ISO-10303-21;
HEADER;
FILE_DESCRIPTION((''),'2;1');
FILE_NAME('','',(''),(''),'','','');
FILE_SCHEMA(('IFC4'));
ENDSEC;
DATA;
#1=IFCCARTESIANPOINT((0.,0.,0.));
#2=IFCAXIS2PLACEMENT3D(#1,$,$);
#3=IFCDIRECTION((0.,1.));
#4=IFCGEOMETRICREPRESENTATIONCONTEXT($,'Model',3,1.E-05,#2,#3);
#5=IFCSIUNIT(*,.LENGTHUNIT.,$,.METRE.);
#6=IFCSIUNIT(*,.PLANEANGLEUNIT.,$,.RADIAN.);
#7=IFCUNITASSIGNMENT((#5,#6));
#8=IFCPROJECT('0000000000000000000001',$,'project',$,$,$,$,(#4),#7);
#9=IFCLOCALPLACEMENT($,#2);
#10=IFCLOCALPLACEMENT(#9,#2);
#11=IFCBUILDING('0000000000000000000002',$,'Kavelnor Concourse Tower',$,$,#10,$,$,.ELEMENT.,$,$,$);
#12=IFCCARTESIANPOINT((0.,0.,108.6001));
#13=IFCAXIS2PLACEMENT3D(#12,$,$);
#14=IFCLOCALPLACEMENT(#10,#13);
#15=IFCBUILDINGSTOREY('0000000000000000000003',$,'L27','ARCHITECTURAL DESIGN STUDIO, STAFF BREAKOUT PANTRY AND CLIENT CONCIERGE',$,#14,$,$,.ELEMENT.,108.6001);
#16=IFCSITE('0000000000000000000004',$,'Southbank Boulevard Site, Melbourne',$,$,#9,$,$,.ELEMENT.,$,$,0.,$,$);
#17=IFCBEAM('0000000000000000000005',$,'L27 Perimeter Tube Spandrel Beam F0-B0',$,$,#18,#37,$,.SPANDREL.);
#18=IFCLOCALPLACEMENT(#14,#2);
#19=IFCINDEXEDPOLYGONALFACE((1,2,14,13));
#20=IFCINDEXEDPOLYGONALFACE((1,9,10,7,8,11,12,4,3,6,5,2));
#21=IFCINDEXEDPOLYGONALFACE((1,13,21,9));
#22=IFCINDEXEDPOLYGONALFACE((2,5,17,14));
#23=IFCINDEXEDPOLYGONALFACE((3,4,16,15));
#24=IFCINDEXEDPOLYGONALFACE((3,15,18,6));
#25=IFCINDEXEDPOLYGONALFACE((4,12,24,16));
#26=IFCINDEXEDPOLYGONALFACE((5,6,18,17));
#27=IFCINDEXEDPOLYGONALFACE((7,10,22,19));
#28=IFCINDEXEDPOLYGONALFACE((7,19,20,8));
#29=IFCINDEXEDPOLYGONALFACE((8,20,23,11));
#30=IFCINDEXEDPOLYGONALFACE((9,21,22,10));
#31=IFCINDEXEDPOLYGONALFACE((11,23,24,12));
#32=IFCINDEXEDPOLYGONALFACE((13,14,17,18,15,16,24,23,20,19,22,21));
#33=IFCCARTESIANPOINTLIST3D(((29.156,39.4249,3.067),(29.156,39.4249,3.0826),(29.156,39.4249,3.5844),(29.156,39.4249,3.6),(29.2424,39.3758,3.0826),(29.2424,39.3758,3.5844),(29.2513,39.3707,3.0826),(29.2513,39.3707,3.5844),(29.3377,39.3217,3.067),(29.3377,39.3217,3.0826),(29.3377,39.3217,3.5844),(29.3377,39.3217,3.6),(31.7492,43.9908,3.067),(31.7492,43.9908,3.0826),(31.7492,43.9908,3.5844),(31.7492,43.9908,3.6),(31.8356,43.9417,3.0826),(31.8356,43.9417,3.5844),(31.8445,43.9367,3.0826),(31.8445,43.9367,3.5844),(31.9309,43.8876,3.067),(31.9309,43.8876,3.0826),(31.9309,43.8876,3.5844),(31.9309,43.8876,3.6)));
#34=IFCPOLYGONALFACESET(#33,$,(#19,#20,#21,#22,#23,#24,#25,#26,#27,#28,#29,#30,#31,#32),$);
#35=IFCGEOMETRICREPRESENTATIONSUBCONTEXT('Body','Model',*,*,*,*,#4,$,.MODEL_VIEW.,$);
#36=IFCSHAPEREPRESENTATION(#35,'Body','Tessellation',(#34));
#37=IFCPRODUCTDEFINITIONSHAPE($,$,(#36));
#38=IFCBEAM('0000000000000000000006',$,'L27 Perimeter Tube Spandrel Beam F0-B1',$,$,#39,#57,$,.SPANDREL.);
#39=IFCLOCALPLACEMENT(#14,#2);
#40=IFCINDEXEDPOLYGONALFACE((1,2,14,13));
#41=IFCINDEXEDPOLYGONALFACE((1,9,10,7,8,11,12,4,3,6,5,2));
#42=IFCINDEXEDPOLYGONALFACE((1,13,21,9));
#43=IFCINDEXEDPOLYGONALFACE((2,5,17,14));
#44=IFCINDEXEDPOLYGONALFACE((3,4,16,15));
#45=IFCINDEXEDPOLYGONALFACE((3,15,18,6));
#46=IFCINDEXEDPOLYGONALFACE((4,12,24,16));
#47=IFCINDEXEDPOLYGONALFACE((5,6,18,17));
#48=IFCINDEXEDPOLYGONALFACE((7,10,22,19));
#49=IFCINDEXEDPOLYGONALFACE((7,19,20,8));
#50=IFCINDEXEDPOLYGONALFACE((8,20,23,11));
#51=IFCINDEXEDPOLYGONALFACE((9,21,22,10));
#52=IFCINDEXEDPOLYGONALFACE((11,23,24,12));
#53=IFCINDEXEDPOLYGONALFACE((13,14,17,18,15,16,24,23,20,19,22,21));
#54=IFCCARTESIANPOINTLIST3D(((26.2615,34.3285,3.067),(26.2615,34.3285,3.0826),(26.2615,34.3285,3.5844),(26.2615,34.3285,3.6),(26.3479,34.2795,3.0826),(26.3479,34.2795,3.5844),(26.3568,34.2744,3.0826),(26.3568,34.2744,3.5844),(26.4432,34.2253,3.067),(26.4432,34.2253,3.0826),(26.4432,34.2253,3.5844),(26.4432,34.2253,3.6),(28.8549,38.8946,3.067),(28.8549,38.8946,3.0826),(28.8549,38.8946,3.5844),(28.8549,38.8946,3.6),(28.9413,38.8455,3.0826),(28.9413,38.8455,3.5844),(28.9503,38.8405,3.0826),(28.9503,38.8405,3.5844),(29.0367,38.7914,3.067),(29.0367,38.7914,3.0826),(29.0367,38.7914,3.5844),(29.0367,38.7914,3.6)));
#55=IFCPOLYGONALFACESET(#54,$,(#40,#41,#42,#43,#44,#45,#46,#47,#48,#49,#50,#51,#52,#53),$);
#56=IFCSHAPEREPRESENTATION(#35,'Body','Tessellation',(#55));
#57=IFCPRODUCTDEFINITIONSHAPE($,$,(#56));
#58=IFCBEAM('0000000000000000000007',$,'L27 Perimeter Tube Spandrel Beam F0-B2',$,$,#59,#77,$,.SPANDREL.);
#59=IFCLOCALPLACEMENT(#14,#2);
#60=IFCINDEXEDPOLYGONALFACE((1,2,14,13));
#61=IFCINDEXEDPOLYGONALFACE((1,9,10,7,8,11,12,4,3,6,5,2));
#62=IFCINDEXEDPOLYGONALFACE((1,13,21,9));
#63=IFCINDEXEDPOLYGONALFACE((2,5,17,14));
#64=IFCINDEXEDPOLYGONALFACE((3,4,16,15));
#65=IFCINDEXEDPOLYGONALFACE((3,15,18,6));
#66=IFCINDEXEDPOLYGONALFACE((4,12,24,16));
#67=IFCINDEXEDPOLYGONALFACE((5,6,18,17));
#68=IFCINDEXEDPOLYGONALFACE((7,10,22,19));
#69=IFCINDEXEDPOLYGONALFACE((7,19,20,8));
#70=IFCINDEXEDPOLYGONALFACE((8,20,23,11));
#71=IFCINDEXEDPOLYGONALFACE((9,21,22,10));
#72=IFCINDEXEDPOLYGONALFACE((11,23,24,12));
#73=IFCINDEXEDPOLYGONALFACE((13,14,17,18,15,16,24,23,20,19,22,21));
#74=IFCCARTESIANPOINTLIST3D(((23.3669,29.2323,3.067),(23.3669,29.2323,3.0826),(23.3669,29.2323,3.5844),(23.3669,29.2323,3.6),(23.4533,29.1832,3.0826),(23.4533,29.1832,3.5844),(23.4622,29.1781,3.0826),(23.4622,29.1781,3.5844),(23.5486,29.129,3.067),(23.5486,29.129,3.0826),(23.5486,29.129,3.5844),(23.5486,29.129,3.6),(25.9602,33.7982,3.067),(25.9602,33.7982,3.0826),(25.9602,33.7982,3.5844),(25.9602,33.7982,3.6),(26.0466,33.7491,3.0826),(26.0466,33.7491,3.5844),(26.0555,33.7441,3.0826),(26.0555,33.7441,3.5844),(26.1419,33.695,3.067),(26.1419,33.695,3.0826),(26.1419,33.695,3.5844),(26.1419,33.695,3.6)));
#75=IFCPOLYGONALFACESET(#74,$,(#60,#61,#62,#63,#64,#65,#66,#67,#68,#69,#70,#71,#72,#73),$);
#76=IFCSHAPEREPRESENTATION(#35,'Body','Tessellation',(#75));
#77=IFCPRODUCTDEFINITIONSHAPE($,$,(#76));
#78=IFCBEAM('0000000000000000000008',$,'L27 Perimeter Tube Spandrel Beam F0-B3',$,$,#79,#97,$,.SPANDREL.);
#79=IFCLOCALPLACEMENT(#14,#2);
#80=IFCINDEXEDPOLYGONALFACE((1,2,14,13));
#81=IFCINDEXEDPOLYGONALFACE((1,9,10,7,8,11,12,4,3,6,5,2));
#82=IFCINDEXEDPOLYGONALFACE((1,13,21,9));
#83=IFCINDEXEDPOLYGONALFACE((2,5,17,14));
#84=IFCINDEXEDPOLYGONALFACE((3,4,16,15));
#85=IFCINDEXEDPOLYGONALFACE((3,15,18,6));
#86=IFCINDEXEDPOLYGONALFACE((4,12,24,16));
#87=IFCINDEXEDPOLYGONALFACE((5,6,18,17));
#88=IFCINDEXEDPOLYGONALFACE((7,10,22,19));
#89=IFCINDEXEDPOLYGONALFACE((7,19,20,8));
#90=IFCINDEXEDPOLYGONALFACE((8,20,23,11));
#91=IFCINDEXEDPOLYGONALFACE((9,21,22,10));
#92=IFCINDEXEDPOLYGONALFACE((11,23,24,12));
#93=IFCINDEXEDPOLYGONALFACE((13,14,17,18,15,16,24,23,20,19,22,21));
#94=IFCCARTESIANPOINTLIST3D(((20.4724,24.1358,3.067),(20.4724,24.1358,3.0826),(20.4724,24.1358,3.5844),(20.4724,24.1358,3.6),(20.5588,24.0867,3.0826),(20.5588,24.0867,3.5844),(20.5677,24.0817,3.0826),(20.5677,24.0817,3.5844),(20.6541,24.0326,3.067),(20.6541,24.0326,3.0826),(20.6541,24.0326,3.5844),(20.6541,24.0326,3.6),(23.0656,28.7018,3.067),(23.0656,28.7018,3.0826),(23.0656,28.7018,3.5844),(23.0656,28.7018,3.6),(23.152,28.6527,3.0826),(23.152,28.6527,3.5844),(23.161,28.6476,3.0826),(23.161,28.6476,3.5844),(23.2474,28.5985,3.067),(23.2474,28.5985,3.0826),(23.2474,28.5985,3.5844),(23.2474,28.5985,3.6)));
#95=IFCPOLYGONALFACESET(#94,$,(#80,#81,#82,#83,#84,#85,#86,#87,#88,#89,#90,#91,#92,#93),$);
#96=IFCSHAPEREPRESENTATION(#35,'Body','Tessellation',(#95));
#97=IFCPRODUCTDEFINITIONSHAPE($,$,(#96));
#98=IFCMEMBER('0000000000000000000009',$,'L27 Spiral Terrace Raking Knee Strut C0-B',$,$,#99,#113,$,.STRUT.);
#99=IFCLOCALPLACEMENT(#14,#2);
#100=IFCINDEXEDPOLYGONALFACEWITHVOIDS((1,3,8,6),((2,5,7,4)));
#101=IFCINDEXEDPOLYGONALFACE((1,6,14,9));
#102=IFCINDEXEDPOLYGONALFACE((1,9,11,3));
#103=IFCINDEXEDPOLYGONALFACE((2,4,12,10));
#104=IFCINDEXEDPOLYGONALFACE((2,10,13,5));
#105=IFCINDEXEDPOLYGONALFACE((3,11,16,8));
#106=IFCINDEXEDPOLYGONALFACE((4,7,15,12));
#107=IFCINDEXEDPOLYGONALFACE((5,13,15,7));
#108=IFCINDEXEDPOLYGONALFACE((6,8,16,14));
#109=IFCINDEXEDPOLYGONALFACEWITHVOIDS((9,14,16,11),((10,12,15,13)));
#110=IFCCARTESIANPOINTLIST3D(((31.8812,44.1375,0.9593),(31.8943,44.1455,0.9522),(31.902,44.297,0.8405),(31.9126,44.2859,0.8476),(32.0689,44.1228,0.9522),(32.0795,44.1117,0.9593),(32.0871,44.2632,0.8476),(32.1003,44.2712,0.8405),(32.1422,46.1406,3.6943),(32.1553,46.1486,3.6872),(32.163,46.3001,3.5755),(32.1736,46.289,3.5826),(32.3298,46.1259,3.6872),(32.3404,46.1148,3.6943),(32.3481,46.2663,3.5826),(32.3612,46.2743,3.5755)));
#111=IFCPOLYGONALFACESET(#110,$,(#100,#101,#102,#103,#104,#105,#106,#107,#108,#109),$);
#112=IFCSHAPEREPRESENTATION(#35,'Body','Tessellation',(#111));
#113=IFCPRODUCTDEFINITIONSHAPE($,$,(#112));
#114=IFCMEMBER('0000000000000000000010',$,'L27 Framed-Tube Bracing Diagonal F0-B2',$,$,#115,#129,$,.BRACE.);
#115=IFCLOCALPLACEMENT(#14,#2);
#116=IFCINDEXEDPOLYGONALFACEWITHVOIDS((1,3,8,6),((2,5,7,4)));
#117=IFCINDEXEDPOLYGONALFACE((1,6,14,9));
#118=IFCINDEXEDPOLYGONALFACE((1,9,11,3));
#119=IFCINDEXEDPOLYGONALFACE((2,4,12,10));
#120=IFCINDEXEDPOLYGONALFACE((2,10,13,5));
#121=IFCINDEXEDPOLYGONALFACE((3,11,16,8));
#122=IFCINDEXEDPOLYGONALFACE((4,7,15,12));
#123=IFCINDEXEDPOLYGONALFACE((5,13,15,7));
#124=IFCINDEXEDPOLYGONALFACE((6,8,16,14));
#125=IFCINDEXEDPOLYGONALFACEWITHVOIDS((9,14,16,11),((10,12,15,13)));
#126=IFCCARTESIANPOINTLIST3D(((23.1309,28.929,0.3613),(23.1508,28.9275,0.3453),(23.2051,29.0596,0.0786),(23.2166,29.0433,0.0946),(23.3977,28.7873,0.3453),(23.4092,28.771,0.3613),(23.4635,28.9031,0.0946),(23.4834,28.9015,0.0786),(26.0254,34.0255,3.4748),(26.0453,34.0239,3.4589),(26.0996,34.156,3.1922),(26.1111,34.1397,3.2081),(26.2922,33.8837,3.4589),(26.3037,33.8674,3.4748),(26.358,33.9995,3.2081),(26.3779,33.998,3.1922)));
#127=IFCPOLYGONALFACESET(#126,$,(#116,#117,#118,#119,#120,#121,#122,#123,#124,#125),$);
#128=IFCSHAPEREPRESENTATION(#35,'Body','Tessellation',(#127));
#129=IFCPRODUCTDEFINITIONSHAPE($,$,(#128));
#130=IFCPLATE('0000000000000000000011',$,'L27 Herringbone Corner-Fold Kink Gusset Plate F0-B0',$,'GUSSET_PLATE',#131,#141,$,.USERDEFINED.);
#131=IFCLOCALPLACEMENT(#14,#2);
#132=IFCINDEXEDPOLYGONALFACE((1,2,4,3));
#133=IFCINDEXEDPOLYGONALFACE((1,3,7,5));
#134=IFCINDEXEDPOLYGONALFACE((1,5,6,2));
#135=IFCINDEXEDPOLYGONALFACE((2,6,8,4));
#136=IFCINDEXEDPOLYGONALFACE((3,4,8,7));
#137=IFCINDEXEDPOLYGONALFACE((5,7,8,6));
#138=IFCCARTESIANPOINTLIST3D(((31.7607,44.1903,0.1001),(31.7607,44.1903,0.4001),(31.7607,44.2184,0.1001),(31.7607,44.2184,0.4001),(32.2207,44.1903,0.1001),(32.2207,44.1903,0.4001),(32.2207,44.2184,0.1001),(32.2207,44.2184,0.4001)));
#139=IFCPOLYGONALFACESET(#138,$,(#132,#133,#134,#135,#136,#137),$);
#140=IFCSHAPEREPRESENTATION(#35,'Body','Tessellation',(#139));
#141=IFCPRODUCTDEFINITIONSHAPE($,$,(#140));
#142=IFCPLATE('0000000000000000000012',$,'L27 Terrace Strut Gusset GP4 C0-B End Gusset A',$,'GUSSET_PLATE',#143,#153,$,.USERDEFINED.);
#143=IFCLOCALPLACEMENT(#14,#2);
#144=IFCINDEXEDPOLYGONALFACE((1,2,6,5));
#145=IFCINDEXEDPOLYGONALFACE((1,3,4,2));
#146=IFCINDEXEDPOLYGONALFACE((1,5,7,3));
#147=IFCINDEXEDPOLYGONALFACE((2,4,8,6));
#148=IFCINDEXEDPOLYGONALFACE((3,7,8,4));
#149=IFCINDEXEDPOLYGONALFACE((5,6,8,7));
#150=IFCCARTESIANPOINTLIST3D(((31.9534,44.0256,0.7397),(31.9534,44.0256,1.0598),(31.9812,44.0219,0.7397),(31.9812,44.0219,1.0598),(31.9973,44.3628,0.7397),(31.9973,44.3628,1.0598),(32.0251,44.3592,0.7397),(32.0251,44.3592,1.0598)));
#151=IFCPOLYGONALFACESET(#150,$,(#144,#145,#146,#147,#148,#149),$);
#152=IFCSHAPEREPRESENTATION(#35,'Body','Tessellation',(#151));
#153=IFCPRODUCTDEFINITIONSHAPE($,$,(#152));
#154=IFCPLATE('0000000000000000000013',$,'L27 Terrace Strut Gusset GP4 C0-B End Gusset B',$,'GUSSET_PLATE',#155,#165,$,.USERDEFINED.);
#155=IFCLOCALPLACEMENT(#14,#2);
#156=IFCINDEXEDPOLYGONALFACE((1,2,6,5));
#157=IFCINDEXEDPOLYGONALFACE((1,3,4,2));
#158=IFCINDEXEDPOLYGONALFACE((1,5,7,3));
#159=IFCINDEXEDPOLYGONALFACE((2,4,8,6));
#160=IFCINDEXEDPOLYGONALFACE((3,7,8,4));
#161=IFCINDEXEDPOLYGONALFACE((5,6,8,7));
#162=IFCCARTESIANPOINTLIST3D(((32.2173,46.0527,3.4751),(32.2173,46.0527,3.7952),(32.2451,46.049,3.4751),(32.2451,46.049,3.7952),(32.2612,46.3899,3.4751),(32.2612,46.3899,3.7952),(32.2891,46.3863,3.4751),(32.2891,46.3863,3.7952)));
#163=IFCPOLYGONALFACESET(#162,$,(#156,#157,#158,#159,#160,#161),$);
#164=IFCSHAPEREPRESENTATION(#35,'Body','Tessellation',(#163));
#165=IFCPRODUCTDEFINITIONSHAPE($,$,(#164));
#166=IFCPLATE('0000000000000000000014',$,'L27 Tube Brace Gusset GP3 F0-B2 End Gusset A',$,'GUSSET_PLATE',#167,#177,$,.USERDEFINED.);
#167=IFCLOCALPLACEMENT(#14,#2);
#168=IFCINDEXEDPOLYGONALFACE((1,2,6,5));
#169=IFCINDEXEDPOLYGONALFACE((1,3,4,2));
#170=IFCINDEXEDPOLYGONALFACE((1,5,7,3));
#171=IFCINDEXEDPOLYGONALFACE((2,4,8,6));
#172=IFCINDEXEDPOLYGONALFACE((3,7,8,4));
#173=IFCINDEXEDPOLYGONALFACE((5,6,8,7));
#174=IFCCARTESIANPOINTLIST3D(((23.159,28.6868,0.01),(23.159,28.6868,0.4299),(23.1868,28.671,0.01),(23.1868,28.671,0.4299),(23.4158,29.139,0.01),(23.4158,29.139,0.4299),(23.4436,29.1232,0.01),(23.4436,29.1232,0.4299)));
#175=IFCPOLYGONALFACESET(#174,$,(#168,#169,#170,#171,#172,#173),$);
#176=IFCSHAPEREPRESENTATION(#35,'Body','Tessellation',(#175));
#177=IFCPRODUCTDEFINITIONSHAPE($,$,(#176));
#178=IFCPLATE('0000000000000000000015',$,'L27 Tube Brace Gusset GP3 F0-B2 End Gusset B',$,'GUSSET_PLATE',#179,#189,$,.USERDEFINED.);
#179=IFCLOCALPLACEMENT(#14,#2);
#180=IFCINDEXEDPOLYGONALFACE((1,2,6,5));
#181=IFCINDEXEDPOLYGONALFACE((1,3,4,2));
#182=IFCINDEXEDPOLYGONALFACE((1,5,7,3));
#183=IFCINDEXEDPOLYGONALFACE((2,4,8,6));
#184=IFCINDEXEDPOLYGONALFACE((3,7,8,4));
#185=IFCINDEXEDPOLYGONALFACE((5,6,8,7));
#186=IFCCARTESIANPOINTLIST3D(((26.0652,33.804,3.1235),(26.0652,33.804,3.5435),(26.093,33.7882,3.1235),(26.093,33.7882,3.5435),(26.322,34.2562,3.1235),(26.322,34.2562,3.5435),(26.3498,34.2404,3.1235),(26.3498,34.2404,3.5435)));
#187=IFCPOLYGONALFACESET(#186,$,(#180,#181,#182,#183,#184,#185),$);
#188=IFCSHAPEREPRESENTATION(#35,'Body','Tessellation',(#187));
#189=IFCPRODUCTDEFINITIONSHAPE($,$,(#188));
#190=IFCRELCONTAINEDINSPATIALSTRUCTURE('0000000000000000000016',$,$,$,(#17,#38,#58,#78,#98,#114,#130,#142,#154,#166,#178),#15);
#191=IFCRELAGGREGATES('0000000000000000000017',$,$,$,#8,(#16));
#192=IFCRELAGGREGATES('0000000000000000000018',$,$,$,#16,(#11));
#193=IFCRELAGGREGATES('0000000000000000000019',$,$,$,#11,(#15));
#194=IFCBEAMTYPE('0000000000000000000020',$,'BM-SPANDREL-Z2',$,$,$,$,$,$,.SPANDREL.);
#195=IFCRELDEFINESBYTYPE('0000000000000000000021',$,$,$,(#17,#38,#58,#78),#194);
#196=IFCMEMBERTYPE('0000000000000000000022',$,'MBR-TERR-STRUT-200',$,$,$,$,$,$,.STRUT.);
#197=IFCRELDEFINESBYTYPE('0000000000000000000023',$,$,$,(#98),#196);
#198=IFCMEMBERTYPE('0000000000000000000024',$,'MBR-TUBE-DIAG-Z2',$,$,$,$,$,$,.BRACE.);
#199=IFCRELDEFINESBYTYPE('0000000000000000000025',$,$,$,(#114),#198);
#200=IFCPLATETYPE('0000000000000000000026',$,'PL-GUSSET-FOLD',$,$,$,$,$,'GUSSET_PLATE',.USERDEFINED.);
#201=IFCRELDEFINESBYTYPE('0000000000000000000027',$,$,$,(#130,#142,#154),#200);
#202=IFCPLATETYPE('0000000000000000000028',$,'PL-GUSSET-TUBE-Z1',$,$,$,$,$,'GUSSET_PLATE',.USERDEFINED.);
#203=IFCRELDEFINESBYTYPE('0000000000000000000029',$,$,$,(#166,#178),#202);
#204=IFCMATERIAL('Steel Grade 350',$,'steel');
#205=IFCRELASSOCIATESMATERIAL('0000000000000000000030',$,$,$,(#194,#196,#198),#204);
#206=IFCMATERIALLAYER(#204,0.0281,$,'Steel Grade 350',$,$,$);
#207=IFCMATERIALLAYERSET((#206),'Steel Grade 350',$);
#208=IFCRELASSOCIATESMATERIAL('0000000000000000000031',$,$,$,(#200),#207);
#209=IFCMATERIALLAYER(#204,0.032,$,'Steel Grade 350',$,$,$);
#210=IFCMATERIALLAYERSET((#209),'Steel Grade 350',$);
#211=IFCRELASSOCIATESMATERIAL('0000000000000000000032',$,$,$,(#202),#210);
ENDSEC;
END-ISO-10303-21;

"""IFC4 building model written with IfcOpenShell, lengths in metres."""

from ifc_helpers import new_model, si_unit, direction, frame, origin, origin_2d, place, context, subcontext, project, spatial, rectangle, hollow_rectangle, i_section, extrude, material, layer, layer_set, material_profile, profile_set, type_object, element, save


model = new_model("IFC4")

# Units and contexts
model_context = context("Model", 3, precision=1e-05, world=origin(), true_north=direction((0.0, 1.0)))
body_context = subcontext(model_context, "Body", "Model", "MODEL_VIEW")
ifc_project = project(units=[si_unit("LENGTHUNIT", "METRE"), si_unit("PLANEANGLEUNIT", "RADIAN")], contexts=[model_context])

# Site, building, storey
site_placement = place(None, origin())
site = spatial("IfcSite", under=ifc_project, at=site_placement, Name="Southbank Boulevard Site, Melbourne", CompositionType="ELEMENT", RefElevation=0.0)
building_placement = place(site_placement, origin())
building = spatial("IfcBuilding", under=site, at=building_placement, Name="Kavelnor Concourse Tower", CompositionType="ELEMENT")
storey_placement = place(building_placement, frame((0.0, 0.0, 108.6001)))
storey = spatial("IfcBuildingStorey", under=building, at=storey_placement, Name="L27", Description="ARCHITECTURAL DESIGN STUDIO, STAFF BREAKOUT PANTRY AND CLIENT CONCIERGE", CompositionType="ELEMENT", Elevation=108.6001)

# Shared definitions
ifc_material_1 = material(Name="Steel Grade 350", Category="steel")

# Beams
ifc_material_profile_1 = material_profile(ifc_material_1, i_section(OverallWidth=0.209, OverallDepth=0.533, WebThickness=0.0103, FlangeThickness=0.0156, at=origin_2d()), Name="530UB92")
ifc_profile_set_1 = profile_set([ifc_material_profile_1], Name="Steel Grade 350")
beam_type_1 = type_object("IfcBeamType", Name="BM-SPANDREL-Z2", PredefinedType="SPANDREL", material=ifc_profile_set_1)
beam_1_placement = place(storey_placement, frame((31.8401, 43.9392, 3.3335), z_axis=(-0.493864, -0.869539, 0.0), x_axis=(0.869539, -0.493864, 0.0)))
element("IfcBeam", 1, at=beam_1_placement, inside=storey, type_object=beam_type_1, Name="L27 Perimeter Tube Spandrel Beam F0-B0", PredefinedType="SPANDREL", context=body_context, shape_type="SweptSolid", body=[
    extrude(i_section(OverallWidth=0.209, OverallDepth=0.533, WebThickness=0.0103, FlangeThickness=0.0156, at=origin_2d()), origin(), (0.0, 0.0, 1.0), 5.251),
])
beam_2_placement = place(storey_placement, frame((28.9458, 38.843, 3.3335), z_axis=(-0.493879, -0.869531, 0.0), x_axis=(0.869531, -0.493879, 0.0)))
element("IfcBeam", 2, at=beam_2_placement, inside=storey, type_object=beam_type_1, Name="L27 Perimeter Tube Spandrel Beam F0-B1", PredefinedType="SPANDREL", context=body_context, shape_type="SweptSolid", body=[
    extrude(i_section(OverallWidth=0.209, OverallDepth=0.533, WebThickness=0.0103, FlangeThickness=0.0156, at=origin_2d()), origin(), (0.0, 0.0, 1.0), 5.2512),
])
for number, where, z_axis, x_axis, name in (
    (3, (26.051, 33.7466, 3.3335), (-0.493864, -0.869539, 0.0), (0.869539, -0.493864, 0.0), "L27 Perimeter Tube Spandrel Beam F0-B2"),
    (4, (23.1565, 28.6501, 3.3335), (-0.493864, -0.869539, 0.0), (0.869539, -0.493864, 0.0), "L27 Perimeter Tube Spandrel Beam F0-B3"),
):
    element("IfcBeam", number, at=place(storey_placement, frame(where, z_axis=z_axis, x_axis=x_axis)), inside=storey, type_object=beam_type_1, Name=name, PredefinedType="SPANDREL", context=body_context, shape_type="SweptSolid", body=[
        extrude(i_section(OverallWidth=0.209, OverallDepth=0.533, WebThickness=0.0103, FlangeThickness=0.0156, at=origin_2d()), origin(), (0.0, 0.0, 1.0), 5.251),
    ])

# Members
ifc_material_profile_2 = material_profile(ifc_material_1, hollow_rectangle(XDim=0.2, YDim=0.2, WallThickness=0.012, at=origin_2d()), Name="SHS 200x200x12")
ifc_profile_set_2 = profile_set([ifc_material_profile_2], Name="Steel Grade 350")
member_type_1 = type_object("IfcMemberType", Name="MBR-TERR-STRUT-200", PredefinedType="STRUT", material=ifc_profile_set_2)
member_1_placement = place(storey_placement, frame((31.9907, 44.2043, 0.8999), z_axis=(0.076755, 0.589127, 0.804387), x_axis=(-0.991619, 0.129195, 0.0)))
element("IfcMember", 5, at=member_1_placement, inside=storey, type_object=member_type_1, Name="L27 Spiral Terrace Raking Knee Strut C0-B", PredefinedType="STRUT", context=body_context, shape_type="SweptSolid", body=[
    extrude(hollow_rectangle(XDim=0.2, YDim=0.2, WallThickness=0.012, at=origin_2d()), origin(), (0.0, 0.0, 1.0), 3.4001),
])
ifc_material_profile_3 = material_profile(ifc_material_1, hollow_rectangle(XDim=0.3201, YDim=0.3201, WallThickness=0.0181, at=origin_2d()), Name="SHS 320x320x18")
ifc_profile_set_3 = profile_set([ifc_material_profile_3], Name="Steel Grade 350")
member_type_2 = type_object("IfcMemberType", Name="MBR-TUBE-DIAG-Z2", PredefinedType="BRACE", material=ifc_profile_set_3)
member_2_placement = place(storey_placement, frame((23.3071, 28.9153, 0.22), z_axis=(0.436139, 0.767915, 0.469136), x_axis=(-0.869542, 0.493858, 0.0)))
element("IfcMember", 6, at=member_2_placement, inside=storey, type_object=member_type_2, Name="L27 Framed-Tube Bracing Diagonal F0-B2", PredefinedType="BRACE", context=body_context, shape_type="SweptSolid", body=[
    extrude(hollow_rectangle(XDim=0.3201, YDim=0.3201, WallThickness=0.0181, at=origin_2d()), origin(), (0.0, 0.0, 1.0), 6.6367),
])

# Plates
ifc_layer_1 = layer(ifc_material_1, 0.0281, Name="Steel Grade 350")
ifc_layer_set_1 = layer_set([ifc_layer_1], Name="Steel Grade 350")
plate_type_1 = type_object("IfcPlateType", Name="PL-GUSSET-FOLD", ElementType="GUSSET_PLATE", PredefinedType="USERDEFINED", material=ifc_layer_set_1)
plate_placement = place(storey_placement, frame((31.9907, 44.2043, 0.1001), z_axis=(0.0, 0.0, 1.0), x_axis=(1.0, 0.0, 0.0)))
element("IfcPlate", 7, at=plate_placement, inside=storey, type_object=plate_type_1, Name="L27 Herringbone Corner-Fold Kink Gusset Plate F0-B0", ObjectType="GUSSET_PLATE", PredefinedType="USERDEFINED", context=body_context, shape_type="SweptSolid", body=[
    extrude(rectangle(XDim=0.46, YDim=0.0281, at=origin_2d()), origin(), (0.0, 0.0, 1.0), 0.3),
])
for number, where, z_axis, x_axis, name in (
    (8, (31.9893, 44.1924, 0.7397), (0.0, 0.0, 1.0), (0.129142, 0.991626, 0.0), "L27 Terrace Strut Gusset GP4 C0-B End Gusset A"),
    (9, (32.2532, 46.2195, 3.4751), (0.0, 0.0, 1.0), (0.129142, 0.991626, 0.0), "L27 Terrace Strut Gusset GP4 C0-B End Gusset B"),
):
    element("IfcPlate", number, at=place(storey_placement, frame(where, z_axis=z_axis, x_axis=x_axis)), inside=storey, type_object=plate_type_1, Name=name, ObjectType="GUSSET_PLATE", PredefinedType="USERDEFINED", context=body_context, shape_type="SweptSolid", body=[
        extrude(rectangle(XDim=0.3401, YDim=0.0281, at=origin_2d()), origin(), (0.0, 0.0, 1.0), 0.3201),
    ])
ifc_layer_2 = layer(ifc_material_1, 0.032, Name="Steel Grade 350")
ifc_layer_set_2 = layer_set([ifc_layer_2], Name="Steel Grade 350")
plate_type_2 = type_object("IfcPlateType", Name="PL-GUSSET-TUBE-Z1", ElementType="GUSSET_PLATE", PredefinedType="USERDEFINED", material=ifc_layer_set_2)
for number, where, z_axis, x_axis, name in (
    (10, (23.3013, 28.905, 0.01), (0.0, 0.0, 1.0), (0.49379, 0.869581, 0.0), "L27 Tube Brace Gusset GP3 F0-B2 End Gusset A"),
    (11, (26.2075, 34.0222, 3.1235), (0.0, 0.0, 1.0), (0.49379, 0.869581, 0.0), "L27 Tube Brace Gusset GP3 F0-B2 End Gusset B"),
):
    element("IfcPlate", number, at=place(storey_placement, frame(where, z_axis=z_axis, x_axis=x_axis)), inside=storey, type_object=plate_type_2, Name=name, ObjectType="GUSSET_PLATE", PredefinedType="USERDEFINED", context=body_context, shape_type="SweptSolid", body=[
        extrude(rectangle(XDim=0.52, YDim=0.032, at=origin_2d()), origin(), (0.0, 0.0, 1.0), 0.4199),
    ])

save(model, "model.ifc")
